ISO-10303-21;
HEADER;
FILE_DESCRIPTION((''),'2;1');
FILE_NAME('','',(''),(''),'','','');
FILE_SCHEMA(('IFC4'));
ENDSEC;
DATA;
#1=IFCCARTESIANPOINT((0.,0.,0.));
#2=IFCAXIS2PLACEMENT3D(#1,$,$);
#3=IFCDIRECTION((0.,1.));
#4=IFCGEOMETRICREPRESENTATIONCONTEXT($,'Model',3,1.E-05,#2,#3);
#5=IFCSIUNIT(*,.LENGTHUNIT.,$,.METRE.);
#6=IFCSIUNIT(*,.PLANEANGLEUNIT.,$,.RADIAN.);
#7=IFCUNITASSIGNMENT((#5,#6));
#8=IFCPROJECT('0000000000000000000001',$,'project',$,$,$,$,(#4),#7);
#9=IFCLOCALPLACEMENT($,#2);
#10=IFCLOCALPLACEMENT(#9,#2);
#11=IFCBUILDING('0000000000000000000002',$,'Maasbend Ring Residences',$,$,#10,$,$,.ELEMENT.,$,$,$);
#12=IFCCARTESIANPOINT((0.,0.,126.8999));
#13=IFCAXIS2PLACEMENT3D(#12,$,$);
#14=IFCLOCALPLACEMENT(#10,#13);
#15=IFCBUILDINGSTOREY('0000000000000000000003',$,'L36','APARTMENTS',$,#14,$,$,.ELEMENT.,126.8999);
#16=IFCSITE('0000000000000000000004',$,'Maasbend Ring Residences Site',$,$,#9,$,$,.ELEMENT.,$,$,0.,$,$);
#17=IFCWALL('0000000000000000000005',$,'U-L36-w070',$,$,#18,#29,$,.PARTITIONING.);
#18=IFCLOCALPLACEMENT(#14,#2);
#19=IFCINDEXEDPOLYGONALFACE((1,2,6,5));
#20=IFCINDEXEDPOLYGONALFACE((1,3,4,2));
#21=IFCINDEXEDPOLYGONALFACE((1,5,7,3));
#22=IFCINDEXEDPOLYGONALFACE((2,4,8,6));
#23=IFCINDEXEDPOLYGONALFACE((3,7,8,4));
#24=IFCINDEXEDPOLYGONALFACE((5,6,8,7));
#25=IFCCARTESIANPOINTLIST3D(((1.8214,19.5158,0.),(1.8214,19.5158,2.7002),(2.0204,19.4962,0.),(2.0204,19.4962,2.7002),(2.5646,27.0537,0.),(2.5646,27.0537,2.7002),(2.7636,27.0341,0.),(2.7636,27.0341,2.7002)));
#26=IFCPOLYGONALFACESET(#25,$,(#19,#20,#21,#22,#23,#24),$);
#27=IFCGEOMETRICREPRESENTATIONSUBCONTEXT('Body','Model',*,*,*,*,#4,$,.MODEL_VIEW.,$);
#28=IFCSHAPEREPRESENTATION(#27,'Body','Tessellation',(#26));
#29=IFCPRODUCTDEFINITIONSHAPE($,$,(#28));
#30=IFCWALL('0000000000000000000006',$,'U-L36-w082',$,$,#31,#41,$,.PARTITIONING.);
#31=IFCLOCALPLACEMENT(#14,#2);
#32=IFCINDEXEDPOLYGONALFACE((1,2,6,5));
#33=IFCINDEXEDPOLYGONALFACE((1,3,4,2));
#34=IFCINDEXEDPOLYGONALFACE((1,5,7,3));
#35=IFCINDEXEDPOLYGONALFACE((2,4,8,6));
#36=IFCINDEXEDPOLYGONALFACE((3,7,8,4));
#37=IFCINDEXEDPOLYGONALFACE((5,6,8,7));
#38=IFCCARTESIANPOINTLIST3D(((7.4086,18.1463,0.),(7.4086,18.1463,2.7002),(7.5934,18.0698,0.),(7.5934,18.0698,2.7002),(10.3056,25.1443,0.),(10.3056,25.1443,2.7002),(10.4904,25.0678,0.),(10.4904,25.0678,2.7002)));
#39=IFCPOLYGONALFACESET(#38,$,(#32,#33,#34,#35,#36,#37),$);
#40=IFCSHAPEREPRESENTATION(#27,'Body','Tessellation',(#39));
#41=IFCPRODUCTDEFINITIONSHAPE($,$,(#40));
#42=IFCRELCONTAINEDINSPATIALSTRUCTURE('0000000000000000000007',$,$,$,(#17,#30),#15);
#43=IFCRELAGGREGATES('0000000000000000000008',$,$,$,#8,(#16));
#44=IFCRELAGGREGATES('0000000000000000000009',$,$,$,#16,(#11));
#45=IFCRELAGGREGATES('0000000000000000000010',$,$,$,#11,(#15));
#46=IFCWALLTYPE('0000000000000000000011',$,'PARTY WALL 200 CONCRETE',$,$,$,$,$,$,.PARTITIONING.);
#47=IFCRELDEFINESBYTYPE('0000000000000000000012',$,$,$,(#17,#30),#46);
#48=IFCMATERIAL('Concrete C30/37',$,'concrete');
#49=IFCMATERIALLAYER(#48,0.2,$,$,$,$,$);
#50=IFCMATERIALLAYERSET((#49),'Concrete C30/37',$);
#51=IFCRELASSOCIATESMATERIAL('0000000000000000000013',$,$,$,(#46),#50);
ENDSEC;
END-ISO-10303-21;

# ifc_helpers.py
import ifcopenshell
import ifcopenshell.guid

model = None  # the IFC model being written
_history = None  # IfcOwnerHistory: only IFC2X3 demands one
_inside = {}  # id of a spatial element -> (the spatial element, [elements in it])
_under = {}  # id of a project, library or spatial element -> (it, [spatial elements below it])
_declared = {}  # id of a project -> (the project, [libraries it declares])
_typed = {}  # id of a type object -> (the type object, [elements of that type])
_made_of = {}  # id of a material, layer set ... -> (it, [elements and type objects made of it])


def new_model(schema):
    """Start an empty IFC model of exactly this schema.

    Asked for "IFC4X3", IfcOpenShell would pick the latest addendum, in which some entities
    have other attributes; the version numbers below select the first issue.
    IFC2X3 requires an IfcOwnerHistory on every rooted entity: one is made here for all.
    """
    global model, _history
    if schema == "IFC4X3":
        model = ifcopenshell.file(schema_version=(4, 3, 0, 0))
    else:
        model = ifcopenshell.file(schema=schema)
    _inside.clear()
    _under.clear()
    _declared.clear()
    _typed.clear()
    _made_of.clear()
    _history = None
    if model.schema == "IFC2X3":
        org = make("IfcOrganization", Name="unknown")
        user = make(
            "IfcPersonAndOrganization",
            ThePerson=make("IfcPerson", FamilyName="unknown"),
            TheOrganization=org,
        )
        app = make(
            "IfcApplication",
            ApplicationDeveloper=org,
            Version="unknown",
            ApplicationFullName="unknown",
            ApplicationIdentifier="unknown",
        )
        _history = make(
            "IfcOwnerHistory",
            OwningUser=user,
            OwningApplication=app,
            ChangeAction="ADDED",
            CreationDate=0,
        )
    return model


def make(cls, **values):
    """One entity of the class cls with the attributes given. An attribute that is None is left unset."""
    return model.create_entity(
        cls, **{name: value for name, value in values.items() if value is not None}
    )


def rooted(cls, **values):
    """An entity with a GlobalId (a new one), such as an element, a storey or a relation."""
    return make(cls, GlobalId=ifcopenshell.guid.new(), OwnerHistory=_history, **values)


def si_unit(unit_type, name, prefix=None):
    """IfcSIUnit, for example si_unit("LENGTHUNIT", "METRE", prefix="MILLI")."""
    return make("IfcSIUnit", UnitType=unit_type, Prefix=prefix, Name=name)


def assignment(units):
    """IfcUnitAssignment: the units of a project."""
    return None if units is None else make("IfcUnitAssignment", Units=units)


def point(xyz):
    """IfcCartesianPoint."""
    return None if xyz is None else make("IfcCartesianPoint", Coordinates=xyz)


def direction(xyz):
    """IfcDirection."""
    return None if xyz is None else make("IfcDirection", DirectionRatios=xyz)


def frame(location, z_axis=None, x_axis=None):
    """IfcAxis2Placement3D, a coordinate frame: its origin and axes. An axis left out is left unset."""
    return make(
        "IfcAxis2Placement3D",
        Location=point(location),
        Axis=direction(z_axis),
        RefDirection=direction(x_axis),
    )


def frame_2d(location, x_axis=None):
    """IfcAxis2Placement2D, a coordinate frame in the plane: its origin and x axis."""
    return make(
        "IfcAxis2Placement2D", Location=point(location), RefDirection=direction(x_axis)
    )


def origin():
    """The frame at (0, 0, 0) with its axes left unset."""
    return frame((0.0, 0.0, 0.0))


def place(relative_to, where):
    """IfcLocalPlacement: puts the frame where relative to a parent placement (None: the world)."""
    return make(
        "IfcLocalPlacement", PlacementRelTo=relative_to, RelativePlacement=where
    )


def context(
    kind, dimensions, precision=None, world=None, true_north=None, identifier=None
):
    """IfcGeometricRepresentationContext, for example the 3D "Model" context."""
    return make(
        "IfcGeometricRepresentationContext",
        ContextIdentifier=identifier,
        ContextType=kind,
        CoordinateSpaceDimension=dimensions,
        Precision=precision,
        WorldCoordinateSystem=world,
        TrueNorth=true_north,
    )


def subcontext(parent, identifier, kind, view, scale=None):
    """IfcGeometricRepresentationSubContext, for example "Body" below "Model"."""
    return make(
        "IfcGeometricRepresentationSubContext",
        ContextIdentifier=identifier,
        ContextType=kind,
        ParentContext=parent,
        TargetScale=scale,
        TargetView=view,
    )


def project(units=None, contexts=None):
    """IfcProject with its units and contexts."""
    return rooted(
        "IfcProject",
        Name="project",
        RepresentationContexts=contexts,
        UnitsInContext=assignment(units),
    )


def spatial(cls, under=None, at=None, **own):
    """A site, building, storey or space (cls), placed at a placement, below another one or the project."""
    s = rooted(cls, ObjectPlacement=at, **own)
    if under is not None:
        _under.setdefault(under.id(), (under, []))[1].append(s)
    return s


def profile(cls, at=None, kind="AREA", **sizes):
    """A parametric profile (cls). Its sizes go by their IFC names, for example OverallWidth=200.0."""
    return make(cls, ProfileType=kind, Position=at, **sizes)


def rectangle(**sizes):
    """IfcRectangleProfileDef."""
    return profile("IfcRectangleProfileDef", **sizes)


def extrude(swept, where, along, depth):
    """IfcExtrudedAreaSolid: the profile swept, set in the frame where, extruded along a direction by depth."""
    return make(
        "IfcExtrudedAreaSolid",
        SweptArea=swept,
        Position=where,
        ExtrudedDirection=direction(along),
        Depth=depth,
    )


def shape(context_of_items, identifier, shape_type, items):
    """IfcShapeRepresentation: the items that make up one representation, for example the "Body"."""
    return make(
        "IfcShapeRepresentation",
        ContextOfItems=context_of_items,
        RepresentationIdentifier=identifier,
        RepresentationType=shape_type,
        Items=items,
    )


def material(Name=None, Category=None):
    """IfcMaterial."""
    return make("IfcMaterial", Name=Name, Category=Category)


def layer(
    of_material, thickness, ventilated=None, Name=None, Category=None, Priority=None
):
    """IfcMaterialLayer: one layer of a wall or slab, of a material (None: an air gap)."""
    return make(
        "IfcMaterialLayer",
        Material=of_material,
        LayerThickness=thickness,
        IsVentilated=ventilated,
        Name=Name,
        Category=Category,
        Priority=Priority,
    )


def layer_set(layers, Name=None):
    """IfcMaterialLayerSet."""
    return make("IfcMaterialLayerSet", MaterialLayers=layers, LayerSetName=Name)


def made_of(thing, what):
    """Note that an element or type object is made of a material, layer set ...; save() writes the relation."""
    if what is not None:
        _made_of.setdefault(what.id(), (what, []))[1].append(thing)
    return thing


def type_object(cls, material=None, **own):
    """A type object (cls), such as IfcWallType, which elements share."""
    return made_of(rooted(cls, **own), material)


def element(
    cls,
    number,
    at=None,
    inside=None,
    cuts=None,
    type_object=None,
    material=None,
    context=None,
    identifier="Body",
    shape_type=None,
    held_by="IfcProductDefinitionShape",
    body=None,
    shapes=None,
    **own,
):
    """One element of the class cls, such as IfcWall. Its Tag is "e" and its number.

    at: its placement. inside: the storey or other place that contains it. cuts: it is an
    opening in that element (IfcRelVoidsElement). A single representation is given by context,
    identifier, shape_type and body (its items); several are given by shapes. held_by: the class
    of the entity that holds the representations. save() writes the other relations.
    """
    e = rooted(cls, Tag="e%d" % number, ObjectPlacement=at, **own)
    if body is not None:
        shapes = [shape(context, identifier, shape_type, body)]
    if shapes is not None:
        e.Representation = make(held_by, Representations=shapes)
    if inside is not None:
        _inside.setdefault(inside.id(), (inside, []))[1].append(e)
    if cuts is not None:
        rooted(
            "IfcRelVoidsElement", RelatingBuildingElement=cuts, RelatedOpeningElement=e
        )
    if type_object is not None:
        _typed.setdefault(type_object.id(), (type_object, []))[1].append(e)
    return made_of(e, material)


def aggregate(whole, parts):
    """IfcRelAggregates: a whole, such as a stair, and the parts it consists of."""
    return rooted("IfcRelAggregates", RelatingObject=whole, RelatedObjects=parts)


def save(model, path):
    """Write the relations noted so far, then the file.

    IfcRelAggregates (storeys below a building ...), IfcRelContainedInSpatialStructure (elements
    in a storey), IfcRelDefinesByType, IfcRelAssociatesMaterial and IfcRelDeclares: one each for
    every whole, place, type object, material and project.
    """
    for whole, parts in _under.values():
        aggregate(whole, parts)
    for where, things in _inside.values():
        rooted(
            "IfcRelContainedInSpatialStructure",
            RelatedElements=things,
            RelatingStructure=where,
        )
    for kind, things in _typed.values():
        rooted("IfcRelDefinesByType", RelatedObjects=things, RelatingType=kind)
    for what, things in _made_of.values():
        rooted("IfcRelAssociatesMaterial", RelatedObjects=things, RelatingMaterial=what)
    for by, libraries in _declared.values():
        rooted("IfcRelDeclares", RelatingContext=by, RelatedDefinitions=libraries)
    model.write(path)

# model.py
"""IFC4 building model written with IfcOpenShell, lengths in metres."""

from ifc_helpers import new_model, si_unit, direction, frame, frame_2d, origin, place, context, subcontext, project, spatial, rectangle, extrude, material, layer, layer_set, type_object, element, save


model = new_model("IFC4")

# Units and contexts
model_context = context("Model", 3, precision=1e-05, world=origin(), true_north=direction((0.0, 1.0)))
body_context = subcontext(model_context, "Body", "Model", "MODEL_VIEW")
ifc_project = project(units=[si_unit("LENGTHUNIT", "METRE"), si_unit("PLANEANGLEUNIT", "RADIAN")], contexts=[model_context])

# Site, building, storey
site_placement = place(None, origin())
site = spatial("IfcSite", under=ifc_project, at=site_placement, Name="Maasbend Ring Residences Site", CompositionType="ELEMENT", RefElevation=0.0)
building_placement = place(site_placement, origin())
building = spatial("IfcBuilding", under=site, at=building_placement, Name="Maasbend Ring Residences", CompositionType="ELEMENT")
storey_placement = place(building_placement, frame((0.0, 0.0, 126.8999)))
storey = spatial("IfcBuildingStorey", under=building, at=storey_placement, Name="L36", Description="APARTMENTS", CompositionType="ELEMENT", Elevation=126.8999)

# Walls
ifc_material_1 = material(Name="Concrete C30/37", Category="concrete")
ifc_layer_1 = layer(ifc_material_1, 0.2)
ifc_layer_set_1 = layer_set([ifc_layer_1], Name="Concrete C30/37")
wall_type_1 = type_object("IfcWallType", Name="PARTY WALL 200 CONCRETE", PredefinedType="PARTITIONING", material=ifc_layer_set_1)
wall_1_placement = place(storey_placement, frame((1.9209, 19.5061, 0.0), z_axis=(0.0, 0.0, 1.0), x_axis=(0.098115, 0.995175, 0.0)))
element("IfcWall", 1, at=wall_1_placement, inside=storey, type_object=wall_type_1, Name="U-L36-w070", PredefinedType="PARTITIONING", context=body_context, shape_type="SweptSolid", body=[
    extrude(rectangle(XDim=7.5745, YDim=0.2, at=frame_2d((3.7871, 0.0))), origin(), (0.0, 0.0, 1.0), 2.7002),
])
wall_2_placement = place(storey_placement, frame((7.501, 18.1079, 0.0), z_axis=(0.0, 0.0, 1.0), x_axis=(0.38249, 0.923959, 0.0)))
element("IfcWall", 2, at=wall_2_placement, inside=storey, type_object=wall_type_1, Name="U-L36-w082", PredefinedType="PARTITIONING", context=body_context, shape_type="SweptSolid", body=[
    extrude(rectangle(XDim=7.574, YDim=0.2, at=frame_2d((3.7871, 0.0))), origin(), (0.0, 0.0, 1.0), 2.7002),
])

save(model, "model.ifc")
